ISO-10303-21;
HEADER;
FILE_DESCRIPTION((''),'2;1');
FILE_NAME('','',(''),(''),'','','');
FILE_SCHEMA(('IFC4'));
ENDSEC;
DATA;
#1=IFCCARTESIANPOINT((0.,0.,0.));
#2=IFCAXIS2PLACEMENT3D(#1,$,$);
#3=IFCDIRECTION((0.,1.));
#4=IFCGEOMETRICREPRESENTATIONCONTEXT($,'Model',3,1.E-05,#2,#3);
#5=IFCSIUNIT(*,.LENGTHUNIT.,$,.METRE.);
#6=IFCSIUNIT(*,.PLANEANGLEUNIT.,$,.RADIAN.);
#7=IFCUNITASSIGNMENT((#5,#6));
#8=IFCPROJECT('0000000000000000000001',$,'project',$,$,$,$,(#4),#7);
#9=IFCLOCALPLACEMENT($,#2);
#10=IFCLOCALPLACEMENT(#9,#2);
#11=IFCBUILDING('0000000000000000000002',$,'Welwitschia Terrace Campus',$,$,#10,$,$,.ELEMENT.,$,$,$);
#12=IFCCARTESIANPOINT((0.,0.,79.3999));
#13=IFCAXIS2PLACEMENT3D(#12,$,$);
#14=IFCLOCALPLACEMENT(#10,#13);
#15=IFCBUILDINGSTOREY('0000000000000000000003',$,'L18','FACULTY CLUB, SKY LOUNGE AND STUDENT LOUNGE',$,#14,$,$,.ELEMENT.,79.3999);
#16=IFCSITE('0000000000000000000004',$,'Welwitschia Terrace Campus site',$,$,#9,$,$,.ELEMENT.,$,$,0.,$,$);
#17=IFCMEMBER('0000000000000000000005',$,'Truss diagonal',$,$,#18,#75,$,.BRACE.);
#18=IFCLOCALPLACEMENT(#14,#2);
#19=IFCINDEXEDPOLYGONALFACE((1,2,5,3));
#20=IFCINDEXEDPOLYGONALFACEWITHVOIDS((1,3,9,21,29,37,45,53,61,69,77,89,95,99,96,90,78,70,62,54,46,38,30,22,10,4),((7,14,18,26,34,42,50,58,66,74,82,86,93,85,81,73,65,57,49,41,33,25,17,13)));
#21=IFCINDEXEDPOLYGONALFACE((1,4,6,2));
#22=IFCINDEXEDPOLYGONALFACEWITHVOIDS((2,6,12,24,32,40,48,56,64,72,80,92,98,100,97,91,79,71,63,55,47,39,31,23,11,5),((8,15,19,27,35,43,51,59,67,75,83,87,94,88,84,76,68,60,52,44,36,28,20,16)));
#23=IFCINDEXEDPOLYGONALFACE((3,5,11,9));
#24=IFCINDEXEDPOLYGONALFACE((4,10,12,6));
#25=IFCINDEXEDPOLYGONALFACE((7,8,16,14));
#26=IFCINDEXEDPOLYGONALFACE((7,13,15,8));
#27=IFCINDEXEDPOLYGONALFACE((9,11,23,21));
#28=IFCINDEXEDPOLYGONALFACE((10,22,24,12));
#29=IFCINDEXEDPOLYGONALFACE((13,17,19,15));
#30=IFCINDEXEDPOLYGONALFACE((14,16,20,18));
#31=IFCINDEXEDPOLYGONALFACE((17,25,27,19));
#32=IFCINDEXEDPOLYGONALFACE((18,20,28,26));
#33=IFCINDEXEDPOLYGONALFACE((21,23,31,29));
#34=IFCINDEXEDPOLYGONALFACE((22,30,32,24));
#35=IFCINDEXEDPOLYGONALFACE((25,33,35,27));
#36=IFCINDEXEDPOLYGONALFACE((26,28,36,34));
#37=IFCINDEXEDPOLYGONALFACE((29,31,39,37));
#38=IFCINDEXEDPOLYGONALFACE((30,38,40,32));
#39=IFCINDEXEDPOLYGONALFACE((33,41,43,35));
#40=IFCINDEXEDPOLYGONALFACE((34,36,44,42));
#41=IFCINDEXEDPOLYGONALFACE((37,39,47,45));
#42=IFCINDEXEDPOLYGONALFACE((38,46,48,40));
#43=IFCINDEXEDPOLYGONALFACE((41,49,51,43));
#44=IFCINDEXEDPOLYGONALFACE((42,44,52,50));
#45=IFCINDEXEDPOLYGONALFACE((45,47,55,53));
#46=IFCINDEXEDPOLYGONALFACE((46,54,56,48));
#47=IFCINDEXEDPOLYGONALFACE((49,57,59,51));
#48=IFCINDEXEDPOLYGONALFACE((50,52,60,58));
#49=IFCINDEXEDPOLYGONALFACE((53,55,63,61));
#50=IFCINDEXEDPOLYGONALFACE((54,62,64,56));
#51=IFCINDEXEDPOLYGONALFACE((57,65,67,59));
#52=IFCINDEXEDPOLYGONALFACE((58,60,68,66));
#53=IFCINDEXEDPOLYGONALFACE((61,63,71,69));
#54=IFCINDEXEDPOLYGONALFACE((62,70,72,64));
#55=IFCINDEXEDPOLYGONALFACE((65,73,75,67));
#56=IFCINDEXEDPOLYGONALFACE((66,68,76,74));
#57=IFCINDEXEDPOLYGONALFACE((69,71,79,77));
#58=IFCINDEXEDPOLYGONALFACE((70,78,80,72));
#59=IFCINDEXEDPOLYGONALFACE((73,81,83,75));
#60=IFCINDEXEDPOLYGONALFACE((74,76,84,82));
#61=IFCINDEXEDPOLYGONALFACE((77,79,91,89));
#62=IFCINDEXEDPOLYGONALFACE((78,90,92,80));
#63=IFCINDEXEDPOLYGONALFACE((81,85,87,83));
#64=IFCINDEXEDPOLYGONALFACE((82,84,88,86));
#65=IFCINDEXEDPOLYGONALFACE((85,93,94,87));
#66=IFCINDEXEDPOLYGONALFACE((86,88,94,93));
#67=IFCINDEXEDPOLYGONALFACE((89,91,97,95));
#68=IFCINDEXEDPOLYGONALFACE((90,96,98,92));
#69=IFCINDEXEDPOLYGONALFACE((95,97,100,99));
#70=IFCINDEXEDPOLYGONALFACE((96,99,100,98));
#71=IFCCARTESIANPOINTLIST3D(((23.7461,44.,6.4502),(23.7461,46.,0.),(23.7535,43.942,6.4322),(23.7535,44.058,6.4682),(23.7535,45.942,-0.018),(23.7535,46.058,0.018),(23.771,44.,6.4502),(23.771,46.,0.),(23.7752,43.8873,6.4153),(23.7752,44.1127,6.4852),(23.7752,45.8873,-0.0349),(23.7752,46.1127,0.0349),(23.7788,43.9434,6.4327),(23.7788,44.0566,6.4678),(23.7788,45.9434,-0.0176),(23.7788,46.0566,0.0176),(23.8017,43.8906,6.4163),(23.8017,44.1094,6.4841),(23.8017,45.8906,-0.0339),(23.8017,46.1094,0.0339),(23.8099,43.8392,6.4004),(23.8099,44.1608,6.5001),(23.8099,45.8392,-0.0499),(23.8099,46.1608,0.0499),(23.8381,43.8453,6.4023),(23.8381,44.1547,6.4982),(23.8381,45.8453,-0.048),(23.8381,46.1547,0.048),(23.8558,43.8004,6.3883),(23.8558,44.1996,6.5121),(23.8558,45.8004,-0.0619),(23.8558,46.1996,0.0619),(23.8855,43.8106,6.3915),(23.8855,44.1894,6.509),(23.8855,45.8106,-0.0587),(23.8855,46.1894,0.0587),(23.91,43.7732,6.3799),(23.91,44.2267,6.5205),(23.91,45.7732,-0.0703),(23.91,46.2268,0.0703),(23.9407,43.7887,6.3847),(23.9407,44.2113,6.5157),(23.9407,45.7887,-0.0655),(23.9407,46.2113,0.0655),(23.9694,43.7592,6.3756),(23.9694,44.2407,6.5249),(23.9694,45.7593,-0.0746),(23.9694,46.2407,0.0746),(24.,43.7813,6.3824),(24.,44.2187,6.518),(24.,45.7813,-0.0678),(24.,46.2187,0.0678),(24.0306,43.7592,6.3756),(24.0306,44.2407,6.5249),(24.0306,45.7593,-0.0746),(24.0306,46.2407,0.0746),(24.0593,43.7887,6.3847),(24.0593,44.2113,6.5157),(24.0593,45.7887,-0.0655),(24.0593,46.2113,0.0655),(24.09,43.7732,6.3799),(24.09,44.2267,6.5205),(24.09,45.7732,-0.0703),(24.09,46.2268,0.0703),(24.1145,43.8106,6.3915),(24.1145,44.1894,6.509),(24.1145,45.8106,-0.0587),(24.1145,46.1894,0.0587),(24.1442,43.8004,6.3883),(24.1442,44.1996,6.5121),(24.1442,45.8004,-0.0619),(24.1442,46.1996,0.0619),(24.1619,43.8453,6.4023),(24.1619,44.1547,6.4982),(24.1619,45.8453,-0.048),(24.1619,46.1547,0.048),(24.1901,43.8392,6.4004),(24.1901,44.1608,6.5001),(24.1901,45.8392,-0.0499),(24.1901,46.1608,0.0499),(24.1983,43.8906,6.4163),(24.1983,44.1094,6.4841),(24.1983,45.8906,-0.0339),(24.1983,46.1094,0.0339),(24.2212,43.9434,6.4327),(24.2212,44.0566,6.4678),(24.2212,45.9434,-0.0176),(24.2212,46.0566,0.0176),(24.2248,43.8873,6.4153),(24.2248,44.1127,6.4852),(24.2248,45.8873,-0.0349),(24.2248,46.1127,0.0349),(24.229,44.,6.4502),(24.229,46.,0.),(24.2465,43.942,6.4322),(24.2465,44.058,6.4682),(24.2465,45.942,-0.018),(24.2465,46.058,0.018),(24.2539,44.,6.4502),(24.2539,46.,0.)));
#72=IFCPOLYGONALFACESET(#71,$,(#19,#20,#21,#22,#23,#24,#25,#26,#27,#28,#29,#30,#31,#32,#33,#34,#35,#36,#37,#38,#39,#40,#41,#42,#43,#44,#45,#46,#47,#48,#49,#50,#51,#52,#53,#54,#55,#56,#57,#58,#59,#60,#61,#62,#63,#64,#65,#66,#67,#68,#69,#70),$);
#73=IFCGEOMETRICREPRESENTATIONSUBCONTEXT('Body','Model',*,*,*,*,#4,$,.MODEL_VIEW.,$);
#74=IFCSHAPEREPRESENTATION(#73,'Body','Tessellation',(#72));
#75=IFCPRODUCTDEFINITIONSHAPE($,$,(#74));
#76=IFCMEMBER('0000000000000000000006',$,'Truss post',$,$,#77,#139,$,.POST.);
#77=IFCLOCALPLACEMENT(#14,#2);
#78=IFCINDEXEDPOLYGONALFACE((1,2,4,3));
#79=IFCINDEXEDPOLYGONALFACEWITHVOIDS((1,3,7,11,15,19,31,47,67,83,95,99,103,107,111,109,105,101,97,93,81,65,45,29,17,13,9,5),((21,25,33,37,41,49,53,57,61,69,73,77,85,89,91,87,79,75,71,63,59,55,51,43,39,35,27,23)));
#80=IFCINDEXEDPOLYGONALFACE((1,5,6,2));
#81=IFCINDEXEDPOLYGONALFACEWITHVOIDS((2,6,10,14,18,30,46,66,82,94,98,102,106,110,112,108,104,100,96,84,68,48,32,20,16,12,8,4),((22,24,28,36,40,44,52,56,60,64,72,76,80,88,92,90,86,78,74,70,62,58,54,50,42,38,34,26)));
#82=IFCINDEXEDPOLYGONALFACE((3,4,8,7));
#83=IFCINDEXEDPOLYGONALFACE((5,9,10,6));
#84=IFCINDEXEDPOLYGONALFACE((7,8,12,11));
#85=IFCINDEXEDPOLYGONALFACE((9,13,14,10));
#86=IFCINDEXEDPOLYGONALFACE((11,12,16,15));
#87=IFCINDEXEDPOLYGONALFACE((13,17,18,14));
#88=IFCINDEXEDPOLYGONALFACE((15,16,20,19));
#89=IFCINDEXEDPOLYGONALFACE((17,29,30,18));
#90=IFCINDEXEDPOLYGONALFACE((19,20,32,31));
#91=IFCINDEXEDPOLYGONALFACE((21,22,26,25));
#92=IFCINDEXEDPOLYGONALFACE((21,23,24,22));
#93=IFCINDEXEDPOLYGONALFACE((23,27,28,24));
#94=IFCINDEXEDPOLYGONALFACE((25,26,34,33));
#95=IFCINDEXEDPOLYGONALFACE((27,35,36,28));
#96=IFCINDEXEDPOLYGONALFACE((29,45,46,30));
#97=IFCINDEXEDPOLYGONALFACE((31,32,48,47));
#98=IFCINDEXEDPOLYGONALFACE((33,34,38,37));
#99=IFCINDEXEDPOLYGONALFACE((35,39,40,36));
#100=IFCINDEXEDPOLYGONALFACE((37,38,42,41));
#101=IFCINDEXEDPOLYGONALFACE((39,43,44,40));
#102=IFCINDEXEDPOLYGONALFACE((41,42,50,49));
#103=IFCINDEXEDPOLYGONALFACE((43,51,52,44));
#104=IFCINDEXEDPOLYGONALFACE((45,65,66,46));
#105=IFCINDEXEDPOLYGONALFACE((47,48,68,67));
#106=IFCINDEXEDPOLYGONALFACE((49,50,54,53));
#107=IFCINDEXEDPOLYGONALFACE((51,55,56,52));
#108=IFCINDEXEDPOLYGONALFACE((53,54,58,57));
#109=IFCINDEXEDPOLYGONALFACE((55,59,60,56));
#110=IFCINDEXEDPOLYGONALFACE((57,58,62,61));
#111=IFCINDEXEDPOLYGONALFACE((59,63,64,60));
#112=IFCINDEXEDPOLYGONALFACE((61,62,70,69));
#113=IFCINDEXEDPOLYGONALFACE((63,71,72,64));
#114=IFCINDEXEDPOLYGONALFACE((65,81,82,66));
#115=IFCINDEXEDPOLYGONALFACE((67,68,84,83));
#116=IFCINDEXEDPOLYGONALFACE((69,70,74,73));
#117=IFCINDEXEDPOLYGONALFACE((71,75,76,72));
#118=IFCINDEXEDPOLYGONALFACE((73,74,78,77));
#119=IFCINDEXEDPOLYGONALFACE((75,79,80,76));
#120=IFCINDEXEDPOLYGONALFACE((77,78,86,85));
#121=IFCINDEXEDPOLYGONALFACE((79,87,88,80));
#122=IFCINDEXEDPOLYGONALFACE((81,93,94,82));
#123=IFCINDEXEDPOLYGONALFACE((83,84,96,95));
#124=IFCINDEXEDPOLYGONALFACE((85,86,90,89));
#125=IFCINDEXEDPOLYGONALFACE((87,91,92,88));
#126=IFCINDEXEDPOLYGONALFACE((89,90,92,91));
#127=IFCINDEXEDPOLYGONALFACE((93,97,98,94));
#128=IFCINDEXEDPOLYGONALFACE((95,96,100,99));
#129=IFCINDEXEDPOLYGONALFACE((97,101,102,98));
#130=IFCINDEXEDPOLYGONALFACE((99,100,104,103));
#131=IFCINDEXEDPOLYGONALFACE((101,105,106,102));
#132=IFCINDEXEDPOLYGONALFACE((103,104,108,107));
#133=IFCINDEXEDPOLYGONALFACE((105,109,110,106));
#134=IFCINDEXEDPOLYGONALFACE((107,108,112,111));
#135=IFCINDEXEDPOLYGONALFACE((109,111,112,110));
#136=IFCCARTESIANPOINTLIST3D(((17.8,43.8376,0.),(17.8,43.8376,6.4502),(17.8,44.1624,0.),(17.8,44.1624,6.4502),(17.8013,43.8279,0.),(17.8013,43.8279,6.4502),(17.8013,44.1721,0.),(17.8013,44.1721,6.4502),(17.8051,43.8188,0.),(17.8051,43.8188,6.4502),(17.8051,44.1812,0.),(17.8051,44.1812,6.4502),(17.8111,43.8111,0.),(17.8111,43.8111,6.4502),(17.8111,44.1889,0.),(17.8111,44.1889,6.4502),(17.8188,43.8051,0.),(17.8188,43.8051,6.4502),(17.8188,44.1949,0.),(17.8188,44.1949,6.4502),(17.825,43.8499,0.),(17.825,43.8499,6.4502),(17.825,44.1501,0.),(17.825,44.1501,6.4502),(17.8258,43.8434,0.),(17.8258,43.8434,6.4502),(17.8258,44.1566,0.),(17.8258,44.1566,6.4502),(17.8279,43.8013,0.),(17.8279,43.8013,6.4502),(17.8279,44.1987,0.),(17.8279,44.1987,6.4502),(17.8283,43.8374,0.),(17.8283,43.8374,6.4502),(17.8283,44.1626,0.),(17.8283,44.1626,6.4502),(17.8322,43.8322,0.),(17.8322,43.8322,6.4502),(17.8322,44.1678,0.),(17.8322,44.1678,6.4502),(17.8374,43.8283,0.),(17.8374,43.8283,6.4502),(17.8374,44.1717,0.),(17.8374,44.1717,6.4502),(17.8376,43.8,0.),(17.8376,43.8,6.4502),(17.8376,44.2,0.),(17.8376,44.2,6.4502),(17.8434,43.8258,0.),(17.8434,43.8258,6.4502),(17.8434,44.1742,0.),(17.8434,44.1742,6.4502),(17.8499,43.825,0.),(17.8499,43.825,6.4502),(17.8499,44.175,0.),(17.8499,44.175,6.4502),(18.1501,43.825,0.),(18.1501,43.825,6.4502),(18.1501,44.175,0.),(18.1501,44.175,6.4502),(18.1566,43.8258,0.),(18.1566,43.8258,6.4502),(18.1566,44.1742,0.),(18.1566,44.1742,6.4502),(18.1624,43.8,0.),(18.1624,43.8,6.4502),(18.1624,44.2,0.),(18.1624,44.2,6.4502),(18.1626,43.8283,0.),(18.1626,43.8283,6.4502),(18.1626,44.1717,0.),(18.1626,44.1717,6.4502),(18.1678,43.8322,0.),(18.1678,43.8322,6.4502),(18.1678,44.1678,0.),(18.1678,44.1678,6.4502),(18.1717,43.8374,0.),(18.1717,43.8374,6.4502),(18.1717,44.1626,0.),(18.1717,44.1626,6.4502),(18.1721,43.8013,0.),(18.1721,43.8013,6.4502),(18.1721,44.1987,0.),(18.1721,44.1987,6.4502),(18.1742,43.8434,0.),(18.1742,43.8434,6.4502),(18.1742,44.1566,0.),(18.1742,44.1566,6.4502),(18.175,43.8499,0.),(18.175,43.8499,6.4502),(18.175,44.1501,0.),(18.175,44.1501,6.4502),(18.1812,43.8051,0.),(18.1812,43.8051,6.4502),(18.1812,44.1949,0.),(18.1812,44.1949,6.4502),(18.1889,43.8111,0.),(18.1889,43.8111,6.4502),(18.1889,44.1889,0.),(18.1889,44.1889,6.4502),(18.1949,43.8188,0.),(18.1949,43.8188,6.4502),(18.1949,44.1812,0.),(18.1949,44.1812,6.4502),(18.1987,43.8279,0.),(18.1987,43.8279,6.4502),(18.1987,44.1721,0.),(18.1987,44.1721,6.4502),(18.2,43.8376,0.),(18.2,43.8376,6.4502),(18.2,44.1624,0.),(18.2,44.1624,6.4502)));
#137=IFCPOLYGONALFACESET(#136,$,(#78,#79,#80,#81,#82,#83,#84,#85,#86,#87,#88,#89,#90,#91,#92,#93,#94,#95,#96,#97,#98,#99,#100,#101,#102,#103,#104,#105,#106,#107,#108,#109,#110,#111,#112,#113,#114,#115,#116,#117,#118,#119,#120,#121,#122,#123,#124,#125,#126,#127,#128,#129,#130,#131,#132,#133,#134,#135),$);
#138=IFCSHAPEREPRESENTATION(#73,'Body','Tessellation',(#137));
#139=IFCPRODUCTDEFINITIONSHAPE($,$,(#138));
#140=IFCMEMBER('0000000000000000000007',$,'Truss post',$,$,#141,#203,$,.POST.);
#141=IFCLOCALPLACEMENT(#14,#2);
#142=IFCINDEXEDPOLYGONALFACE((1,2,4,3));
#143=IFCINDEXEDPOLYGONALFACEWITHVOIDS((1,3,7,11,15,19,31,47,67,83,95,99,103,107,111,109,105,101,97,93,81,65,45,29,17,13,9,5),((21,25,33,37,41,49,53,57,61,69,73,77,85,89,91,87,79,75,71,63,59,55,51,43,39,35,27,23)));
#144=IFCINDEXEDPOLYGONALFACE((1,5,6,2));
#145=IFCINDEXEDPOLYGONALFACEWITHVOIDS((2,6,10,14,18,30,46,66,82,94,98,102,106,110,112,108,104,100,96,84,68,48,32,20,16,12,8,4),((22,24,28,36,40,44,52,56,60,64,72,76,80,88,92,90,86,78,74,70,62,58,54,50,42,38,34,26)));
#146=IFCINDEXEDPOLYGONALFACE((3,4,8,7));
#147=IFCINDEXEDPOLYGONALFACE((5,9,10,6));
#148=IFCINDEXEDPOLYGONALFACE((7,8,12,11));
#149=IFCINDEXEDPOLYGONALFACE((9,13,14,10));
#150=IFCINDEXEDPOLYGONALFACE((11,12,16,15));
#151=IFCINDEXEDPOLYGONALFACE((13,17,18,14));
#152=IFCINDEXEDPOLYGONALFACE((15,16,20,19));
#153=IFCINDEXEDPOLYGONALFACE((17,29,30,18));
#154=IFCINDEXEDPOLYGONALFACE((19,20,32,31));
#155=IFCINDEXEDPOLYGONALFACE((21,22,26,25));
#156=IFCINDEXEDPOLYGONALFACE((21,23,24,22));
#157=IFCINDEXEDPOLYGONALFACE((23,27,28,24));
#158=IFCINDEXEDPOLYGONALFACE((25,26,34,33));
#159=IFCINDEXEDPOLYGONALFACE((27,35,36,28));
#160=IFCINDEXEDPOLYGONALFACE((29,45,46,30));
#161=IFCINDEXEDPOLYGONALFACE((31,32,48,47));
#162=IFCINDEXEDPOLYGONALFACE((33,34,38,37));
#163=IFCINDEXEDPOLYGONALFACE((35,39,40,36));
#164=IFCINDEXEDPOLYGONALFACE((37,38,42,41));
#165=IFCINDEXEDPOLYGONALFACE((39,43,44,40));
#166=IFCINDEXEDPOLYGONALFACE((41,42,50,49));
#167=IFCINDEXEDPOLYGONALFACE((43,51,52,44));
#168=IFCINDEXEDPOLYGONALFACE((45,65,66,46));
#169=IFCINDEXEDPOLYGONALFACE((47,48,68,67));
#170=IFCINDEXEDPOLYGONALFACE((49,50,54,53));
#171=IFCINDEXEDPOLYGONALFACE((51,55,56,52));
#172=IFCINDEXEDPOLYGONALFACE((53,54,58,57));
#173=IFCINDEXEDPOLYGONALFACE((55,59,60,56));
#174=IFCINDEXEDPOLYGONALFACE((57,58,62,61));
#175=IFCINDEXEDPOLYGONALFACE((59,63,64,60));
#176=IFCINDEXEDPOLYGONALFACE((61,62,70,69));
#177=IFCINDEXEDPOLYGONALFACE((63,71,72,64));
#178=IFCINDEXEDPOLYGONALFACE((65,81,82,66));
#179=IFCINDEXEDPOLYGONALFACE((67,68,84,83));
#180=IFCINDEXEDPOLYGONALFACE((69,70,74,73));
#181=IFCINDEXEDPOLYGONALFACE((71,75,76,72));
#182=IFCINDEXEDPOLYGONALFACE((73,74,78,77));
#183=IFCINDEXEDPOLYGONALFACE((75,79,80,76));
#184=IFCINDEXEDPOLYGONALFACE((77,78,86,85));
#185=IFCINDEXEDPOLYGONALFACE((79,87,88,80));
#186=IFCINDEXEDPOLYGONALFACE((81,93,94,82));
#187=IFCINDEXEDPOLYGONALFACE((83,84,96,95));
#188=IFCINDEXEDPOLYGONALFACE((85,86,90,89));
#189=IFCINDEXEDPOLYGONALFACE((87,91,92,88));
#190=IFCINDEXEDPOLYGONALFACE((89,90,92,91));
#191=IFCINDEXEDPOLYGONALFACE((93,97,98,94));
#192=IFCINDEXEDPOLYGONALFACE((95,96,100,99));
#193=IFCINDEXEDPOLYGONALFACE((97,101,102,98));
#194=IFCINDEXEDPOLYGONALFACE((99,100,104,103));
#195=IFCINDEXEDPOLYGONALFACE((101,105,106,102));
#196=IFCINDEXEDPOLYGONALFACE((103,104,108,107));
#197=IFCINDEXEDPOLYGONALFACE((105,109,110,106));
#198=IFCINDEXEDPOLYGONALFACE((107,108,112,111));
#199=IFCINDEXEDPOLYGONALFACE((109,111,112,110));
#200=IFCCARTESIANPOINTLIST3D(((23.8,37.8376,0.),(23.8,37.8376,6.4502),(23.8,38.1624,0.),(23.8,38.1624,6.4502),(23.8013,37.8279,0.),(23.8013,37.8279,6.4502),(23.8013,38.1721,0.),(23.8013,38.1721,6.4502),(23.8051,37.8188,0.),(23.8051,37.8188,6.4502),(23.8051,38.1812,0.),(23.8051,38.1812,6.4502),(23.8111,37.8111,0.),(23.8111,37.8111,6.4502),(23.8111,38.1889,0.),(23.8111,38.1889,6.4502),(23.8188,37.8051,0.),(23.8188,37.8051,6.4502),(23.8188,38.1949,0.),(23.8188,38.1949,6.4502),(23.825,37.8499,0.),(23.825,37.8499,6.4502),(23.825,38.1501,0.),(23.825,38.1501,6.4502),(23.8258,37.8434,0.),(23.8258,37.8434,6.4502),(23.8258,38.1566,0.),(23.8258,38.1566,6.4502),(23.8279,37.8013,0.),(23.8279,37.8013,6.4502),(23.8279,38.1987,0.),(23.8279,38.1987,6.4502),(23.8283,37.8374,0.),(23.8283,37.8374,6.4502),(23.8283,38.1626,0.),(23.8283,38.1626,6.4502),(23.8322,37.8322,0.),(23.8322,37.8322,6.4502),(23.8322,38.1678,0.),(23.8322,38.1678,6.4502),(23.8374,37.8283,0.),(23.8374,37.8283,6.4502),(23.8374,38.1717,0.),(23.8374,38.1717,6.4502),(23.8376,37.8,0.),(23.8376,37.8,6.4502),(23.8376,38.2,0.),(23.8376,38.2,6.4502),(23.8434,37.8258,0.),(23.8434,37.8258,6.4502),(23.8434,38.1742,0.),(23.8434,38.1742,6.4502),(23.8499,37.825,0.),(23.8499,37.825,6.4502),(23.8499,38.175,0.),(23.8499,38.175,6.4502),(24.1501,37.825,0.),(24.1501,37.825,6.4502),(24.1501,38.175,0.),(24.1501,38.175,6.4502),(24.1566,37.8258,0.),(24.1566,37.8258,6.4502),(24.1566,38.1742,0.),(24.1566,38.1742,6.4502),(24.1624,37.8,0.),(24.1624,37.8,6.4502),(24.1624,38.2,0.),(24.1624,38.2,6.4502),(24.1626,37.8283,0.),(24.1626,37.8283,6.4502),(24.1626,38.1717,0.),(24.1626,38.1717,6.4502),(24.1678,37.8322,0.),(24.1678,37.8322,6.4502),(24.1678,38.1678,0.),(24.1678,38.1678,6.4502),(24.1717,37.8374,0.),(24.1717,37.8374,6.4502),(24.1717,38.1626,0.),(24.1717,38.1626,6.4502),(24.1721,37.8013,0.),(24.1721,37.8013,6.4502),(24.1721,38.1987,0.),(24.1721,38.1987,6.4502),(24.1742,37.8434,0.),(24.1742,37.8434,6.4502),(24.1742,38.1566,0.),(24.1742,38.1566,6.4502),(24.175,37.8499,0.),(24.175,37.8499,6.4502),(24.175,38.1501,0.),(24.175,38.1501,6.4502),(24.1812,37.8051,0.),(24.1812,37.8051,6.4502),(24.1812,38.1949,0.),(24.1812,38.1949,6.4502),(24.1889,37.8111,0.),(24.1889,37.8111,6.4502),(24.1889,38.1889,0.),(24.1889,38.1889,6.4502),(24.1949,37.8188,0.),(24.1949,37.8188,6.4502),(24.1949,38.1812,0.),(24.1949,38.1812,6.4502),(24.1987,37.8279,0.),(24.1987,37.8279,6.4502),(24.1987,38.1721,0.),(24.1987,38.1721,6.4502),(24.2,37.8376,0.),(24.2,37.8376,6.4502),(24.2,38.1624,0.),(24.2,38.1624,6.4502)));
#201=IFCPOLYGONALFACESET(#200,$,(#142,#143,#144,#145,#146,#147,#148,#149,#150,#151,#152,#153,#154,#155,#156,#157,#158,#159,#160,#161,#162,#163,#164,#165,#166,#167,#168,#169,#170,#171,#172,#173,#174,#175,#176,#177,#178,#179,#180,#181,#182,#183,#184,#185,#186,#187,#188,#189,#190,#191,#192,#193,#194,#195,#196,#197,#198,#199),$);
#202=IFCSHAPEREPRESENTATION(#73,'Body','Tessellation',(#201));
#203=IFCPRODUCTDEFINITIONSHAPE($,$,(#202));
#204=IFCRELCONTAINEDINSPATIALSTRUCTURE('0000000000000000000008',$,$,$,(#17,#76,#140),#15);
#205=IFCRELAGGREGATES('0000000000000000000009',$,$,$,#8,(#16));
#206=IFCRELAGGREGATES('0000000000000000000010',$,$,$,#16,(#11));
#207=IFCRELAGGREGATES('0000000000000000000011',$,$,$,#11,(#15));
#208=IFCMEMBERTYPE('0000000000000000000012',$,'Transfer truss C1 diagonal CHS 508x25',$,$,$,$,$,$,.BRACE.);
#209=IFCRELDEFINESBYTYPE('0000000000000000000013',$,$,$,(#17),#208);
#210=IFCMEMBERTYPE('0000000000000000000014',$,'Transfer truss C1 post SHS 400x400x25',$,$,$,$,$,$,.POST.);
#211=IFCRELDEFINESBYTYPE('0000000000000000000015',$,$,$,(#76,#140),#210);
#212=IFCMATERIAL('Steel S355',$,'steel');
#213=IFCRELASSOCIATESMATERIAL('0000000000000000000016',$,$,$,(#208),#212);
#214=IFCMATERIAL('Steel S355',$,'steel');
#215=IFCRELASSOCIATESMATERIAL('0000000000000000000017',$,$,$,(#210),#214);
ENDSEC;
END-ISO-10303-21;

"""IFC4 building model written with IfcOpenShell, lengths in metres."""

from ifc_helpers import new_model, si_unit, direction, frame, origin, origin_2d, place, context, subcontext, project, spatial, hollow_rectangle, hollow_circle, extrude, material, material_profile, profile_set, type_object, element, save


model = new_model("IFC4")

# Units and contexts
model_context = context("Model", 3, precision=1e-05, world=origin(), true_north=direction((0.0, 1.0)))
body_context = subcontext(model_context, "Body", "Model", "MODEL_VIEW")
ifc_project = project(units=[si_unit("LENGTHUNIT", "METRE"), si_unit("PLANEANGLEUNIT", "RADIAN")], contexts=[model_context])

# Site, building, storey
site_placement = place(None, origin())
site = spatial("IfcSite", under=ifc_project, at=site_placement, Name="Welwitschia Terrace Campus site", CompositionType="ELEMENT", RefElevation=0.0)
building_placement = place(site_placement, origin())
building = spatial("IfcBuilding", under=site, at=building_placement, Name="Welwitschia Terrace Campus", CompositionType="ELEMENT")
storey_placement = place(building_placement, frame((0.0, 0.0, 79.3999)))
storey = spatial("IfcBuildingStorey", under=building, at=storey_placement, Name="L18", Description="FACULTY CLUB, SKY LOUNGE AND STUDENT LOUNGE", CompositionType="ELEMENT", Elevation=79.3999)

# Members
ifc_material_1 = material(Name="Steel S355", Category="steel")
ifc_material_profile_1 = material_profile(ifc_material_1, hollow_circle(Radius=0.2539, WallThickness=0.0249, at=origin_2d()))
ifc_profile_set_1 = profile_set([ifc_material_profile_1], Name="Steel S355")
member_type_1 = type_object("IfcMemberType", Name="Transfer truss C1 diagonal CHS 508x25", PredefinedType="BRACE", material=ifc_profile_set_1)
member_1_placement = place(storey_placement, frame((24.0, 46.0, 0.0), z_axis=(0.0, -0.296158, 0.955139), x_axis=(1.0, 0.0, 0.0)))
element("IfcMember", 1, at=member_1_placement, inside=storey, type_object=member_type_1, Name="Truss diagonal", PredefinedType="BRACE", context=body_context, shape_type="SweptSolid", body=[
    extrude(hollow_circle(Radius=0.2539, WallThickness=0.0249, at=origin_2d()), origin(), (0.0, 0.0, 1.0), 6.7532),
])
ifc_material_2 = material(Name="Steel S355", Category="steel")
ifc_material_profile_2 = material_profile(ifc_material_2, hollow_rectangle(XDim=0.3999, YDim=0.3999, WallThickness=0.0249, InnerFilletRadius=0.0249, OuterFilletRadius=0.0376, at=origin_2d()))
ifc_profile_set_2 = profile_set([ifc_material_profile_2], Name="Steel S355")
member_type_2 = type_object("IfcMemberType", Name="Transfer truss C1 post SHS 400x400x25", PredefinedType="POST", material=ifc_profile_set_2)
for number, where, z_axis, x_axis, name in (
    (2, (18.0, 44.0, 0.0), (0.0, 0.0, 1.0), (1.0, 0.0, 0.0), "Truss post"),
    (3, (24.0, 38.0, 0.0), (0.0, 0.0, 1.0), (1.0, 0.0, 0.0), "Truss post"),
):
    element("IfcMember", number, at=place(storey_placement, frame(where, z_axis=z_axis, x_axis=x_axis)), inside=storey, type_object=member_type_2, Name=name, PredefinedType="POST", context=body_context, shape_type="SweptSolid", body=[
        extrude(hollow_rectangle(XDim=0.3999, YDim=0.3999, WallThickness=0.0249, InnerFilletRadius=0.0249, OuterFilletRadius=0.0376, at=origin_2d()), origin(), (0.0, 0.0, 1.0), 6.4502),
    ])

save(model, "model.ifc")
